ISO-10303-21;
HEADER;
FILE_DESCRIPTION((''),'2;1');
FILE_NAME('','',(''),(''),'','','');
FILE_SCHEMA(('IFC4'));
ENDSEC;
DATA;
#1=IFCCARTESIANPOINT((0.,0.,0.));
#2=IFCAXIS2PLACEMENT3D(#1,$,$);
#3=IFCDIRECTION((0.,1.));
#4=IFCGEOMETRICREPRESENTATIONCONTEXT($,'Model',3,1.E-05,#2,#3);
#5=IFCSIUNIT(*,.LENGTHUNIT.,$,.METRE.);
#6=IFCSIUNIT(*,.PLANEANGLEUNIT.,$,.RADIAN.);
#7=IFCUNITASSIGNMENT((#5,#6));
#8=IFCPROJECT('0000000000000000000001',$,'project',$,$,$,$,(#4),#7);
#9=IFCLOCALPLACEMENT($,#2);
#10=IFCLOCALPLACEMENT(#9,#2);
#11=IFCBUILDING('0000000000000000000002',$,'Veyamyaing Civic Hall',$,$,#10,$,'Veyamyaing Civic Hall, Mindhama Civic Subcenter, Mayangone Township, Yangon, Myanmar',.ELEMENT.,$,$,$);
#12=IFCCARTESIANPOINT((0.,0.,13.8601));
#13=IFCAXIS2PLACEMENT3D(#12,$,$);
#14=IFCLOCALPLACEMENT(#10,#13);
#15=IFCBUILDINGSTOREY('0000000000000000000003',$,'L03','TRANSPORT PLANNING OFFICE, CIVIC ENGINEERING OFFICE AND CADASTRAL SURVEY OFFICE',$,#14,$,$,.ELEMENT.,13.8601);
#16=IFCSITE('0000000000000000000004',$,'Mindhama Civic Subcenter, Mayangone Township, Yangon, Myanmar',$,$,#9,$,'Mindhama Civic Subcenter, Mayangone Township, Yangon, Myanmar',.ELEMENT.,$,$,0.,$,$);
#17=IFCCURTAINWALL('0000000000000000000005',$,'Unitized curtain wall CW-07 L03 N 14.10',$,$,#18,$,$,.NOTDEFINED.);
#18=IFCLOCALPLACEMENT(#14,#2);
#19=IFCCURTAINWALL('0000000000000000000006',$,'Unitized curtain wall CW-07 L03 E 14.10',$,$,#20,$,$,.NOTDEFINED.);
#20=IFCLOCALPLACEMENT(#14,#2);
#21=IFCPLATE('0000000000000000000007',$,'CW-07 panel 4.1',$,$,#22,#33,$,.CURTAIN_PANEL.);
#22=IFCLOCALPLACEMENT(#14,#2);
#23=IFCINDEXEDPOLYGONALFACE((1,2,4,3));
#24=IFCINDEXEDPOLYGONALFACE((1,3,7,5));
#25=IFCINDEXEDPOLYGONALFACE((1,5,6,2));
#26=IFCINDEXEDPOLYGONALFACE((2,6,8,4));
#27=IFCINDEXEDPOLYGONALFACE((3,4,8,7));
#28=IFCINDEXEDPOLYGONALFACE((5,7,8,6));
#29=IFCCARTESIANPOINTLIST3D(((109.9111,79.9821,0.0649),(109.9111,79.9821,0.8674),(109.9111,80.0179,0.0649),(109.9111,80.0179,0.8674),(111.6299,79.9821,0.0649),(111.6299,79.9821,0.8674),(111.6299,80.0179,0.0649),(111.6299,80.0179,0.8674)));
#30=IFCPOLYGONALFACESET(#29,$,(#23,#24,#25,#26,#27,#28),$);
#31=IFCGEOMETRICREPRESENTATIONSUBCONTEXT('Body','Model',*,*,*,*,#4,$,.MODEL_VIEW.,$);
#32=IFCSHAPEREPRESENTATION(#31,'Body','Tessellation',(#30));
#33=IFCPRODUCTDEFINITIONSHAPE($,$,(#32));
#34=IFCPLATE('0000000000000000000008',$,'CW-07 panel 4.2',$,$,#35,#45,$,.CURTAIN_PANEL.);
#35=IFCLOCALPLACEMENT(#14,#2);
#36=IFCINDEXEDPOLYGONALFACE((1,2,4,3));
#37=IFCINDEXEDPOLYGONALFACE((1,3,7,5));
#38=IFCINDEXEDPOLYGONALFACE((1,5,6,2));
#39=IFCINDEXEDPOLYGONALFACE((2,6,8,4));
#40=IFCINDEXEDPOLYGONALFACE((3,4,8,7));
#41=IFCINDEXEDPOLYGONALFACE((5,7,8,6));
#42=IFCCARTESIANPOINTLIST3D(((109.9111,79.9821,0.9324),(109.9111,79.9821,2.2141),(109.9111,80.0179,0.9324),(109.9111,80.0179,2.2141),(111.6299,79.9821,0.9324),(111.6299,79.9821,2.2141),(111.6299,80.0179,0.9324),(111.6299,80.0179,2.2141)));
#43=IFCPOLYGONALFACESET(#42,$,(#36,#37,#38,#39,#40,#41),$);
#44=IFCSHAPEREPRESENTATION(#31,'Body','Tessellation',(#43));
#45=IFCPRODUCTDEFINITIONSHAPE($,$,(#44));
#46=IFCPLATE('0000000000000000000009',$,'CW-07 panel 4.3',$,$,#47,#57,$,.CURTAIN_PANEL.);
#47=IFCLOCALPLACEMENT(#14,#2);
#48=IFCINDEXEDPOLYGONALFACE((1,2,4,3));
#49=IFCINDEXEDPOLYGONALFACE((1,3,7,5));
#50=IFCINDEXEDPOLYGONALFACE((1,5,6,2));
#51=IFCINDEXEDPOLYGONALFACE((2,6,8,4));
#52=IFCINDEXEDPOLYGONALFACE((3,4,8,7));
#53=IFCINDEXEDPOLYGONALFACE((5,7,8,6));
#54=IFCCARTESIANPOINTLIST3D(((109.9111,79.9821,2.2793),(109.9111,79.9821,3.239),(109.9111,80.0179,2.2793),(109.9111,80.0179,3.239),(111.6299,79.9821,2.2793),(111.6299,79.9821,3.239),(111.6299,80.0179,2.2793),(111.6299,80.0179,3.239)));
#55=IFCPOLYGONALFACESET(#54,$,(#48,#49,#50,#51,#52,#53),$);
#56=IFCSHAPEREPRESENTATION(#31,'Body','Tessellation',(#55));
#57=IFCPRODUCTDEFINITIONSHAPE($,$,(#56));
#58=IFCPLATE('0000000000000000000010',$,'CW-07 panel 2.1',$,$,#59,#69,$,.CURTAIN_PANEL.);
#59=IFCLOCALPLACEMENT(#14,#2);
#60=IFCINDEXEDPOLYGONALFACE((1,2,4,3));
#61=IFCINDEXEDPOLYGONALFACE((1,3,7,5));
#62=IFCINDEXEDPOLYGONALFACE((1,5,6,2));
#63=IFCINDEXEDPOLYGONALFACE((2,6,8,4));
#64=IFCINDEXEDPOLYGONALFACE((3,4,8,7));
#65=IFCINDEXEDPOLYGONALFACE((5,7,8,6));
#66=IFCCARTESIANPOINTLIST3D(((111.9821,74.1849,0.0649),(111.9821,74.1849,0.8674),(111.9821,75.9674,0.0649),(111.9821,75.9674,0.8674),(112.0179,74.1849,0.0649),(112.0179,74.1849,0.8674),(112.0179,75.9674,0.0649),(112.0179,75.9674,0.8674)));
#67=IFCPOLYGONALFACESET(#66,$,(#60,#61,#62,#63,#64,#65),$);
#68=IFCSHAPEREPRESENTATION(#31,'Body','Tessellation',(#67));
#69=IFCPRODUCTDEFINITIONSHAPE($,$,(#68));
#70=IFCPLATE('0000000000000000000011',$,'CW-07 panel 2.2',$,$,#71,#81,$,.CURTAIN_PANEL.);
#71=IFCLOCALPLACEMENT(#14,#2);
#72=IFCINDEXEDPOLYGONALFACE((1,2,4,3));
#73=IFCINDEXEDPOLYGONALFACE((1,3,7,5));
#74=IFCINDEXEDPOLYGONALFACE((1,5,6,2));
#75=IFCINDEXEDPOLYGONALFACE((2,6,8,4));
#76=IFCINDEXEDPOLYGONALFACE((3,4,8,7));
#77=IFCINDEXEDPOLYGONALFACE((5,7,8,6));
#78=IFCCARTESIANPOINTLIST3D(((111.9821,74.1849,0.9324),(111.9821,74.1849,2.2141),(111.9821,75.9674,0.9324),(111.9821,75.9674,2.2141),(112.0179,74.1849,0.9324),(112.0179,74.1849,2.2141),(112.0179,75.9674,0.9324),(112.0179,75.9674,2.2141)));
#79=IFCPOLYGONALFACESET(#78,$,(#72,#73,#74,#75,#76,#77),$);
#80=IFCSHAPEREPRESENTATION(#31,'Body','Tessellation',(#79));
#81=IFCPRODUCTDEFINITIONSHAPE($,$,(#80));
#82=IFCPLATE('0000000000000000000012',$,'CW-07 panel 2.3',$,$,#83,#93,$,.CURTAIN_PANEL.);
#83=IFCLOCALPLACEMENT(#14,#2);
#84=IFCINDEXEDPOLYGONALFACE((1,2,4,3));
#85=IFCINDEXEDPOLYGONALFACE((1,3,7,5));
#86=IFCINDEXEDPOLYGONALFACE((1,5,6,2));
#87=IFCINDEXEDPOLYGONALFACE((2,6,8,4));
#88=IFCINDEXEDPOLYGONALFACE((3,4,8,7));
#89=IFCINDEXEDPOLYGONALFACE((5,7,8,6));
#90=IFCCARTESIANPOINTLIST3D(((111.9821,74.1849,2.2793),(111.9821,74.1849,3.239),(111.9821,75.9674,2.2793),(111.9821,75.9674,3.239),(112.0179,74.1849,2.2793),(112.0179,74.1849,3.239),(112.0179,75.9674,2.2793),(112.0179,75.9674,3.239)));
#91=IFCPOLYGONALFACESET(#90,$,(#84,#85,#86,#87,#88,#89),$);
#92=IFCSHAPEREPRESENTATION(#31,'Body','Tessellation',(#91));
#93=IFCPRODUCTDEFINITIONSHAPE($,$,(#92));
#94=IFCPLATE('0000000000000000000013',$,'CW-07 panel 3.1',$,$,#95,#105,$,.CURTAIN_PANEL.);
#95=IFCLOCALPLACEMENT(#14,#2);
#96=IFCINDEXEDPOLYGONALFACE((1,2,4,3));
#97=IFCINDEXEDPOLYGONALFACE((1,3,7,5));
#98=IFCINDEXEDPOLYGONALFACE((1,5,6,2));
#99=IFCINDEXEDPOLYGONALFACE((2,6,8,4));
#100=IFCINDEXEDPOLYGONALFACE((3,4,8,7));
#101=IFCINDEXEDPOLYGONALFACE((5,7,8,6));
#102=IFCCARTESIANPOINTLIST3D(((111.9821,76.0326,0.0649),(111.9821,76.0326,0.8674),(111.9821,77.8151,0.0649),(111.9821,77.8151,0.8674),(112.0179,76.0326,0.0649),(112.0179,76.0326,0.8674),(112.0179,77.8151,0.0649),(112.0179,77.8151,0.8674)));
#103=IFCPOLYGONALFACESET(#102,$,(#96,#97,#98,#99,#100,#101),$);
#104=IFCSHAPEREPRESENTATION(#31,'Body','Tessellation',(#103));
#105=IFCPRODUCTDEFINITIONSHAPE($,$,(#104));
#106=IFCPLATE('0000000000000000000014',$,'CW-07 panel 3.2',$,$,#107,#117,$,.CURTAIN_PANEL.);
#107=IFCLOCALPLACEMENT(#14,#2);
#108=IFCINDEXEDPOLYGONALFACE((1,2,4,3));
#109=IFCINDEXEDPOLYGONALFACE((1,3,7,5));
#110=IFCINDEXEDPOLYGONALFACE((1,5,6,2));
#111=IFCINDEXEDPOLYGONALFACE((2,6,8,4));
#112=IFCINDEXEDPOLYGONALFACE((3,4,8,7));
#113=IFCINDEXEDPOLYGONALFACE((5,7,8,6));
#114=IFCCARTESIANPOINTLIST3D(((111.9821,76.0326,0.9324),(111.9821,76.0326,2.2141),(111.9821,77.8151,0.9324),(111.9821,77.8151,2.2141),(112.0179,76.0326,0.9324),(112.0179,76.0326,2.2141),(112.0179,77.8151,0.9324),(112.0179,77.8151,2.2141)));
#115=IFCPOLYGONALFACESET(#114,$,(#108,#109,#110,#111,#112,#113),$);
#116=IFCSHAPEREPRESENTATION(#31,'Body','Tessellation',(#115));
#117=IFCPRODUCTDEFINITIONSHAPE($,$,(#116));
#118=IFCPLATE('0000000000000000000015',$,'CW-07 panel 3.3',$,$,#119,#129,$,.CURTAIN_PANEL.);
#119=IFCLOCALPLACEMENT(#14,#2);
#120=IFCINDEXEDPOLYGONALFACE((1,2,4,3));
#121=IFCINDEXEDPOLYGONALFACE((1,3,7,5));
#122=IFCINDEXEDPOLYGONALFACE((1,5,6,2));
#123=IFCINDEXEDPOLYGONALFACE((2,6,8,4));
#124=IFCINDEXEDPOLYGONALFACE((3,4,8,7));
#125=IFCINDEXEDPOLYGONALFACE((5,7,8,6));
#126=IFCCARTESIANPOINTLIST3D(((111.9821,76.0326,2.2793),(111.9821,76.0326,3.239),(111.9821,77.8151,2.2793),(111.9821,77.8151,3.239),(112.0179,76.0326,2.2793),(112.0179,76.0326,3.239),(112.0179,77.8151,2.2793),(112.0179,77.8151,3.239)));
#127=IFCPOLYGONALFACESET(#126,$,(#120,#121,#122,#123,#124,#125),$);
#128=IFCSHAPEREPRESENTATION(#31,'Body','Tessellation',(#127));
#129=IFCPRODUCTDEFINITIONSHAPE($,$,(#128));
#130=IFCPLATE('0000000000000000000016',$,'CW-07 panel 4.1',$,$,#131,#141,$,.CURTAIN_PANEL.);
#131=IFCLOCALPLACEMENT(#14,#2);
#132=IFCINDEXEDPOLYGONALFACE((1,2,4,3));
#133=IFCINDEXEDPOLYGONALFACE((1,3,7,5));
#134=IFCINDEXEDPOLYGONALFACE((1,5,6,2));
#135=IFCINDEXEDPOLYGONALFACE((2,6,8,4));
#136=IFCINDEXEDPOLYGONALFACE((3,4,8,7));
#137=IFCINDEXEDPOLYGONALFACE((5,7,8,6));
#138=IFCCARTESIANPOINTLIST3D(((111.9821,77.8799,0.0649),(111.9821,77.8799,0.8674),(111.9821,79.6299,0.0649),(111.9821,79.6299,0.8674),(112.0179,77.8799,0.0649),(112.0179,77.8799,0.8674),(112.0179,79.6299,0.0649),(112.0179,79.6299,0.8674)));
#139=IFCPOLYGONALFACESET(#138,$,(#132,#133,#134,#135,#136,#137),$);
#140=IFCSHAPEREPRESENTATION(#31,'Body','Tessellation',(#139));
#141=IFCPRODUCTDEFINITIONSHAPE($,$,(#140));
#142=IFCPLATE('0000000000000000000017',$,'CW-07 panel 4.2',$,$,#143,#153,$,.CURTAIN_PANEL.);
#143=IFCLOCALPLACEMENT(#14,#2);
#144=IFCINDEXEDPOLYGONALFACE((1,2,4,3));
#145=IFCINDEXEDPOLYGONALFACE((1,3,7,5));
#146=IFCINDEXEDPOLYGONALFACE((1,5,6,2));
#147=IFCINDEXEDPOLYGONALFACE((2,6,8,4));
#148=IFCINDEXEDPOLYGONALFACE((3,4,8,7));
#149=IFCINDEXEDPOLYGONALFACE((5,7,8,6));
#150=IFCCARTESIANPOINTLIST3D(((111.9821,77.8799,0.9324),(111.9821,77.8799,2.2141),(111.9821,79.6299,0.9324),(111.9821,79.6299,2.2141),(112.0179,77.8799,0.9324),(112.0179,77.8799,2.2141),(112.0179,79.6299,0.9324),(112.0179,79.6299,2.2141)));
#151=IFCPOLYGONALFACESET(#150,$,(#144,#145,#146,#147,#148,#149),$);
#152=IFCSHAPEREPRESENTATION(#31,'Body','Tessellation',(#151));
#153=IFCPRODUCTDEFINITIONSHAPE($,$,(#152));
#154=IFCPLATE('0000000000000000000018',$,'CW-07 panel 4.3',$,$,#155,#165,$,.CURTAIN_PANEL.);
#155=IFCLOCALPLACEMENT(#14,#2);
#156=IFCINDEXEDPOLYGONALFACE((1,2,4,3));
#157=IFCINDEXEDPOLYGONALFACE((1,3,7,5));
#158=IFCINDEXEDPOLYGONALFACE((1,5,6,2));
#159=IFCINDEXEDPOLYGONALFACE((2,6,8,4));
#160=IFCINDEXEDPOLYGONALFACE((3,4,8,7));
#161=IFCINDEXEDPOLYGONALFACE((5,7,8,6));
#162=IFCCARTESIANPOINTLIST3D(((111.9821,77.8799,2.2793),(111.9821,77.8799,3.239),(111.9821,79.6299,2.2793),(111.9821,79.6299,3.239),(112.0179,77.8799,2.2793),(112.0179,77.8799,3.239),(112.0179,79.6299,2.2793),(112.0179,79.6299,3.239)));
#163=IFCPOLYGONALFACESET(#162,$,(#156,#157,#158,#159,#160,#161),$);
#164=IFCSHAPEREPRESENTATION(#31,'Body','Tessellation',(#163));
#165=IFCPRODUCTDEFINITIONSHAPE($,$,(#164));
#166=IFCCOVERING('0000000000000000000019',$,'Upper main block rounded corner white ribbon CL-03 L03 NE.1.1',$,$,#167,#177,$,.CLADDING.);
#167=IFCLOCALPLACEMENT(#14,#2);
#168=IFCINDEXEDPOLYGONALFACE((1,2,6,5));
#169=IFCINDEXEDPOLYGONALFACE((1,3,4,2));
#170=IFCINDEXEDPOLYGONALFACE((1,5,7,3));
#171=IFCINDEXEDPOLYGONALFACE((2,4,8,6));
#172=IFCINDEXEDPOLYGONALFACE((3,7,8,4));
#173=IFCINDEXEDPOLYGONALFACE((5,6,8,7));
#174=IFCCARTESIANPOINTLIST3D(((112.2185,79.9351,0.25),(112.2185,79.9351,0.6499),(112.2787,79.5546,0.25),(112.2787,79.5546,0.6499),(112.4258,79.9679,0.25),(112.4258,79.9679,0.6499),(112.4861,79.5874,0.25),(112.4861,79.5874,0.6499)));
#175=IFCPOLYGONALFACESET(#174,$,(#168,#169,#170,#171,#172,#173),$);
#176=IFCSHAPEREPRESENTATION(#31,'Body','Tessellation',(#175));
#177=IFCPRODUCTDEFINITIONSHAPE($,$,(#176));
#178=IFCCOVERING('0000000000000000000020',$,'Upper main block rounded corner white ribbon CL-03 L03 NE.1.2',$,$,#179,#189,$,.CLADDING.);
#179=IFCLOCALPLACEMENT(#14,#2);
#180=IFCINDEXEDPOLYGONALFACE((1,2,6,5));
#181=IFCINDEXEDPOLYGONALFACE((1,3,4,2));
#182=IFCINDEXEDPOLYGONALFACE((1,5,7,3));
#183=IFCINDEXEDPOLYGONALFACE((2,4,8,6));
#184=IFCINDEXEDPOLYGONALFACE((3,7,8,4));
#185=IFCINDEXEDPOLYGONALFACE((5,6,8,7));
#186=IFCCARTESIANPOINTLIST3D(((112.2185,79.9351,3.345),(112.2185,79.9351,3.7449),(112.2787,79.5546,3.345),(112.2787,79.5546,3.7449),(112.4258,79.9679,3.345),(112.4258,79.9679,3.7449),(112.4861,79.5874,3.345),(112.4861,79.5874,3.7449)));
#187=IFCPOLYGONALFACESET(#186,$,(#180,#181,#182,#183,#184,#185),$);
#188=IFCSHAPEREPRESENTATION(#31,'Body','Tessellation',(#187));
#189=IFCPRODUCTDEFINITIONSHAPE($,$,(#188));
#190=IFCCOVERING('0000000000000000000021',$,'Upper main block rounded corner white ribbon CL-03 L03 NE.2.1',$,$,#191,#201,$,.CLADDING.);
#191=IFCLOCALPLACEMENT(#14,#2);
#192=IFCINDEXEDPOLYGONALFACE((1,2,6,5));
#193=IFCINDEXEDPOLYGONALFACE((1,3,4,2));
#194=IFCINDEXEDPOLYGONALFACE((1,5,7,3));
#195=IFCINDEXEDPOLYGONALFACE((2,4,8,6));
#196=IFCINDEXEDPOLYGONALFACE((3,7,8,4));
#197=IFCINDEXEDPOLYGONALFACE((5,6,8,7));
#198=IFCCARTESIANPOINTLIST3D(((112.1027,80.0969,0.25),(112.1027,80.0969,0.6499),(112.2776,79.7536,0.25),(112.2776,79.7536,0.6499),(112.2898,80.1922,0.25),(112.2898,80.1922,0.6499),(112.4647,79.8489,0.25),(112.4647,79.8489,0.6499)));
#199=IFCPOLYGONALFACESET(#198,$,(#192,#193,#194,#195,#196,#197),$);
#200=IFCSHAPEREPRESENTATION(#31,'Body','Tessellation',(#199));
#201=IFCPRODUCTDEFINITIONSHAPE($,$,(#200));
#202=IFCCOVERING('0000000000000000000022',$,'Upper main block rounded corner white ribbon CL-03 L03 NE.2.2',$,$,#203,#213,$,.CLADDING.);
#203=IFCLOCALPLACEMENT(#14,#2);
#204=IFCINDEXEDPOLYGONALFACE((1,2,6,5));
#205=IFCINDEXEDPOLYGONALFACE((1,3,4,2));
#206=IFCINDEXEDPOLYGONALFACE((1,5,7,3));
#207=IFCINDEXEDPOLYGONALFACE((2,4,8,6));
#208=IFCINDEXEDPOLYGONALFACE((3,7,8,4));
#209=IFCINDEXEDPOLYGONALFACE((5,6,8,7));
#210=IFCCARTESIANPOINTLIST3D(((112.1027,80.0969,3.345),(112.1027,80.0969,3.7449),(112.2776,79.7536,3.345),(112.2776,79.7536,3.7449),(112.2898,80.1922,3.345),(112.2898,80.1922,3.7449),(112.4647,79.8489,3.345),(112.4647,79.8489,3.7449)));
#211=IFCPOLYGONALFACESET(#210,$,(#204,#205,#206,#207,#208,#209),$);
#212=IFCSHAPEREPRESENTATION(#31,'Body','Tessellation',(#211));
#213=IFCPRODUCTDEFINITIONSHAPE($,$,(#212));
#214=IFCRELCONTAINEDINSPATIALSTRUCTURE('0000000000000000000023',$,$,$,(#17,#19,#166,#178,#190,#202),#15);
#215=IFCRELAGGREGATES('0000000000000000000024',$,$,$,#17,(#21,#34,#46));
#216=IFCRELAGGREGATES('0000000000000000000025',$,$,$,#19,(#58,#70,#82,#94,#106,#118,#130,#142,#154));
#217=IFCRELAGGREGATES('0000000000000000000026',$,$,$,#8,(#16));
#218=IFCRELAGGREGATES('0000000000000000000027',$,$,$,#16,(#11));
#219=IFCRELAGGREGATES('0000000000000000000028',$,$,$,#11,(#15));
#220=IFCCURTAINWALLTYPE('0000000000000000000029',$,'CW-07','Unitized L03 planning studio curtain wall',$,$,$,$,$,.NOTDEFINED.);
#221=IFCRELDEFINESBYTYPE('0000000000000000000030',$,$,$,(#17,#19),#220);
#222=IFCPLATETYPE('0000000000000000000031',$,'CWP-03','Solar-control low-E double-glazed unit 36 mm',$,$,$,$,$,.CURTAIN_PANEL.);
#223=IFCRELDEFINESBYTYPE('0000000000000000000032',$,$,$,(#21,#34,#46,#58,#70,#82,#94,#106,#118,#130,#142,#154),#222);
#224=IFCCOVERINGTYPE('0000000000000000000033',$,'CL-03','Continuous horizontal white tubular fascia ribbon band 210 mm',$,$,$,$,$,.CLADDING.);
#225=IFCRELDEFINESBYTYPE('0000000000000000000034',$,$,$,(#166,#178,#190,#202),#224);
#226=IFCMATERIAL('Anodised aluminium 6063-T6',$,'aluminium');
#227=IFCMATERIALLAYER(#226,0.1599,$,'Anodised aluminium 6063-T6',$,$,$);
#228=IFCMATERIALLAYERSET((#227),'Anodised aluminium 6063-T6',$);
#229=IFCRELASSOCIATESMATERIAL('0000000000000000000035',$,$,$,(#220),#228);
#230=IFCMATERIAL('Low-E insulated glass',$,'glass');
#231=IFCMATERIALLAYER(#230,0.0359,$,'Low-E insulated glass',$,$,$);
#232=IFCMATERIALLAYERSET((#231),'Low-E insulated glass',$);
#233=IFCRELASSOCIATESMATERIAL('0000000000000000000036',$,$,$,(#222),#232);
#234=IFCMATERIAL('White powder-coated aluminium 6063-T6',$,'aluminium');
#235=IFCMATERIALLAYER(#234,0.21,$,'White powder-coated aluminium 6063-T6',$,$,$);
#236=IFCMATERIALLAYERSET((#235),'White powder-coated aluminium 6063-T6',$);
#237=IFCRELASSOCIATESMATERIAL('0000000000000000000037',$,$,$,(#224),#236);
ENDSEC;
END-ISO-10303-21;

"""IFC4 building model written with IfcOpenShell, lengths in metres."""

from ifc_helpers import new_model, si_unit, direction, frame, origin, origin_2d, place, context, subcontext, project, spatial, rectangle, extrude, material, layer, layer_set, type_object, element, aggregate, save


model = new_model("IFC4")

# Units and contexts
model_context = context("Model", 3, precision=1e-05, world=origin(), true_north=direction((0.0, 1.0)))
body_context = subcontext(model_context, "Body", "Model", "MODEL_VIEW")
ifc_project = project(units=[si_unit("LENGTHUNIT", "METRE"), si_unit("PLANEANGLEUNIT", "RADIAN")], contexts=[model_context])

# Site, building, storey
site_placement = place(None, origin())
site = spatial("IfcSite", under=ifc_project, at=site_placement, Name="Mindhama Civic Subcenter, Mayangone Township, Yangon, Myanmar", LongName="Mindhama Civic Subcenter, Mayangone Township, Yangon, Myanmar", CompositionType="ELEMENT", RefElevation=0.0)
building_placement = place(site_placement, origin())
building = spatial("IfcBuilding", under=site, at=building_placement, Name="Veyamyaing Civic Hall", LongName="Veyamyaing Civic Hall, Mindhama Civic Subcenter, Mayangone Township, Yangon, Myanmar", CompositionType="ELEMENT")
storey_placement = place(building_placement, frame((0.0, 0.0, 13.8601)))
storey = spatial("IfcBuildingStorey", under=building, at=storey_placement, Name="L03", Description="TRANSPORT PLANNING OFFICE, CIVIC ENGINEERING OFFICE AND CADASTRAL SURVEY OFFICE", CompositionType="ELEMENT", Elevation=13.8601)

# Curtain wall
ifc_material_1 = material(Name="Anodised aluminium 6063-T6", Category="aluminium")
ifc_layer_1 = layer(ifc_material_1, 0.1599, Name="Anodised aluminium 6063-T6")
ifc_layer_set_1 = layer_set([ifc_layer_1], Name="Anodised aluminium 6063-T6")
curtain_wall_type = type_object("IfcCurtainWallType", Name="CW-07", Description="Unitized L03 planning studio curtain wall", PredefinedType="NOTDEFINED", material=ifc_layer_set_1)
curtain_wall_1_placement = place(storey_placement, origin())
curtain_wall_1 = element("IfcCurtainWall", 1, at=curtain_wall_1_placement, inside=storey, type_object=curtain_wall_type, Name="Unitized curtain wall CW-07 L03 N 14.10", PredefinedType="NOTDEFINED")

# Curtain wall
curtain_wall_2_placement = place(storey_placement, origin())
curtain_wall_2 = element("IfcCurtainWall", 2, at=curtain_wall_2_placement, inside=storey, type_object=curtain_wall_type, Name="Unitized curtain wall CW-07 L03 E 14.10", PredefinedType="NOTDEFINED")

# Plates
ifc_material_2 = material(Name="Low-E insulated glass", Category="glass")
ifc_layer_2 = layer(ifc_material_2, 0.0359, Name="Low-E insulated glass")
ifc_layer_set_2 = layer_set([ifc_layer_2], Name="Low-E insulated glass")
plate_type = type_object("IfcPlateType", Name="CWP-03", Description="Solar-control low-E double-glazed unit 36 mm", PredefinedType="CURTAIN_PANEL", material=ifc_layer_set_2)
plate_1_placement = place(storey_placement, frame((110.7705, 80.0, 0.0649), z_axis=(0.0, 0.0, 1.0), x_axis=(1.0, 0.0, 0.0)))
plate_1 = element("IfcPlate", 3, at=plate_1_placement, type_object=plate_type, Name="CW-07 panel 4.1", PredefinedType="CURTAIN_PANEL", context=body_context, shape_type="SweptSolid", body=[
    extrude(rectangle(XDim=1.7188, YDim=0.0359, at=origin_2d()), origin(), (0.0, 0.0, 1.0), 0.8025),
])
plate_2_placement = place(storey_placement, frame((110.7705, 80.0, 0.9324), z_axis=(0.0, 0.0, 1.0), x_axis=(1.0, 0.0, 0.0)))
plate_2 = element("IfcPlate", 4, at=plate_2_placement, type_object=plate_type, Name="CW-07 panel 4.2", PredefinedType="CURTAIN_PANEL", context=body_context, shape_type="SweptSolid", body=[
    extrude(rectangle(XDim=1.7188, YDim=0.0359, at=origin_2d()), origin(), (0.0, 0.0, 1.0), 1.2817),
])
plate_3_placement = place(storey_placement, frame((110.7705, 80.0, 2.2793), z_axis=(0.0, 0.0, 1.0), x_axis=(1.0, 0.0, 0.0)))
plate_3 = element("IfcPlate", 5, at=plate_3_placement, type_object=plate_type, Name="CW-07 panel 4.3", PredefinedType="CURTAIN_PANEL", context=body_context, shape_type="SweptSolid", body=[
    extrude(rectangle(XDim=1.7188, YDim=0.0359, at=origin_2d()), origin(), (0.0, 0.0, 1.0), 0.9597),
])
aggregate(curtain_wall_1, [plate_1, plate_2, plate_3])
plate_4_placement = place(storey_placement, frame((112.0, 75.0762, 0.0649), z_axis=(0.0, 0.0, 1.0), x_axis=(0.0, 1.0, 0.0)))
plate_4 = element("IfcPlate", 6, at=plate_4_placement, type_object=plate_type, Name="CW-07 panel 2.1", PredefinedType="CURTAIN_PANEL", context=body_context, shape_type="SweptSolid", body=[
    extrude(rectangle(XDim=1.7825, YDim=0.0359, at=origin_2d()), origin(), (0.0, 0.0, 1.0), 0.8025),
])
plate_5_placement = place(storey_placement, frame((112.0, 75.0762, 0.9324), z_axis=(0.0, 0.0, 1.0), x_axis=(0.0, 1.0, 0.0)))
plate_5 = element("IfcPlate", 7, at=plate_5_placement, type_object=plate_type, Name="CW-07 panel 2.2", PredefinedType="CURTAIN_PANEL", context=body_context, shape_type="SweptSolid", body=[
    extrude(rectangle(XDim=1.7825, YDim=0.0359, at=origin_2d()), origin(), (0.0, 0.0, 1.0), 1.2817),
])
plate_6_placement = place(storey_placement, frame((112.0, 75.0762, 2.2793), z_axis=(0.0, 0.0, 1.0), x_axis=(0.0, 1.0, 0.0)))
plate_6 = element("IfcPlate", 8, at=plate_6_placement, type_object=plate_type, Name="CW-07 panel 2.3", PredefinedType="CURTAIN_PANEL", context=body_context, shape_type="SweptSolid", body=[
    extrude(rectangle(XDim=1.7825, YDim=0.0359, at=origin_2d()), origin(), (0.0, 0.0, 1.0), 0.9597),
])
plate_7_placement = place(storey_placement, frame((112.0, 76.9238, 0.0649), z_axis=(0.0, 0.0, 1.0), x_axis=(0.0, 1.0, 0.0)))
plate_7 = element("IfcPlate", 9, at=plate_7_placement, type_object=plate_type, Name="CW-07 panel 3.1", PredefinedType="CURTAIN_PANEL", context=body_context, shape_type="SweptSolid", body=[
    extrude(rectangle(XDim=1.7825, YDim=0.0359, at=origin_2d()), origin(), (0.0, 0.0, 1.0), 0.8025),
])
plate_8_placement = place(storey_placement, frame((112.0, 76.9238, 0.9324), z_axis=(0.0, 0.0, 1.0), x_axis=(0.0, 1.0, 0.0)))
plate_8 = element("IfcPlate", 10, at=plate_8_placement, type_object=plate_type, Name="CW-07 panel 3.2", PredefinedType="CURTAIN_PANEL", context=body_context, shape_type="SweptSolid", body=[
    extrude(rectangle(XDim=1.7825, YDim=0.0359, at=origin_2d()), origin(), (0.0, 0.0, 1.0), 1.2817),
])
plate_9_placement = place(storey_placement, frame((112.0, 76.9238, 2.2793), z_axis=(0.0, 0.0, 1.0), x_axis=(0.0, 1.0, 0.0)))
plate_9 = element("IfcPlate", 11, at=plate_9_placement, type_object=plate_type, Name="CW-07 panel 3.3", PredefinedType="CURTAIN_PANEL", context=body_context, shape_type="SweptSolid", body=[
    extrude(rectangle(XDim=1.7825, YDim=0.0359, at=origin_2d()), origin(), (0.0, 0.0, 1.0), 0.9597),
])
plate_10_placement = place(storey_placement, frame((112.0, 78.7549, 0.0649), z_axis=(0.0, 0.0, 1.0), x_axis=(0.0, 1.0, 0.0)))
plate_10 = element("IfcPlate", 12, at=plate_10_placement, type_object=plate_type, Name="CW-07 panel 4.1", PredefinedType="CURTAIN_PANEL", context=body_context, shape_type="SweptSolid", body=[
    extrude(rectangle(XDim=1.75, YDim=0.0359, at=origin_2d()), origin(), (0.0, 0.0, 1.0), 0.8025),
])
plate_11_placement = place(storey_placement, frame((112.0, 78.7549, 0.9324), z_axis=(0.0, 0.0, 1.0), x_axis=(0.0, 1.0, 0.0)))
plate_11 = element("IfcPlate", 13, at=plate_11_placement, type_object=plate_type, Name="CW-07 panel 4.2", PredefinedType="CURTAIN_PANEL", context=body_context, shape_type="SweptSolid", body=[
    extrude(rectangle(XDim=1.75, YDim=0.0359, at=origin_2d()), origin(), (0.0, 0.0, 1.0), 1.2817),
])
plate_12_placement = place(storey_placement, frame((112.0, 78.7549, 2.2793), z_axis=(0.0, 0.0, 1.0), x_axis=(0.0, 1.0, 0.0)))
plate_12 = element("IfcPlate", 14, at=plate_12_placement, type_object=plate_type, Name="CW-07 panel 4.3", PredefinedType="CURTAIN_PANEL", context=body_context, shape_type="SweptSolid", body=[
    extrude(rectangle(XDim=1.75, YDim=0.0359, at=origin_2d()), origin(), (0.0, 0.0, 1.0), 0.9597),
])
aggregate(curtain_wall_2, [plate_4, plate_5, plate_6, plate_7, plate_8, plate_9, plate_10, plate_11, plate_12])

# Coverings
ifc_material_3 = material(Name="White powder-coated aluminium 6063-T6", Category="aluminium")
ifc_layer_3 = layer(ifc_material_3, 0.21, Name="White powder-coated aluminium 6063-T6")
ifc_layer_set_3 = layer_set([ifc_layer_3], Name="White powder-coated aluminium 6063-T6")
covering_type = type_object("IfcCoveringType", Name="CL-03", Description="Continuous horizontal white tubular fascia ribbon band 210 mm", PredefinedType="CLADDING", material=ifc_layer_set_3)
for number, where, z_axis, x_axis, name in (
    (15, (112.3523, 79.7612, 0.25), (0.0, 0.0, 1.0), (-0.156434, 0.987688, 0.0), "Upper main block rounded corner white ribbon CL-03 L03 NE.1.1"),
    (16, (112.3523, 79.7612, 3.345), (0.0, 0.0, 1.0), (-0.156434, 0.987688, 0.0), "Upper main block rounded corner white ribbon CL-03 L03 NE.1.2"),
    (17, (112.2837, 79.9729, 0.25), (0.0, 0.0, 1.0), (-0.45399, 0.891007, 0.0), "Upper main block rounded corner white ribbon CL-03 L03 NE.2.1"),
    (18, (112.2837, 79.9729, 3.345), (0.0, 0.0, 1.0), (-0.45399, 0.891007, 0.0), "Upper main block rounded corner white ribbon CL-03 L03 NE.2.2"),
):
    element("IfcCovering", number, at=place(storey_placement, frame(where, z_axis=z_axis, x_axis=x_axis)), inside=storey, type_object=covering_type, Name=name, PredefinedType="CLADDING", context=body_context, shape_type="SweptSolid", body=[
        extrude(rectangle(XDim=0.3853, YDim=0.21, at=origin_2d()), origin(), (0.0, 0.0, 1.0), 0.3999),
    ])

save(model, "model.ifc")
